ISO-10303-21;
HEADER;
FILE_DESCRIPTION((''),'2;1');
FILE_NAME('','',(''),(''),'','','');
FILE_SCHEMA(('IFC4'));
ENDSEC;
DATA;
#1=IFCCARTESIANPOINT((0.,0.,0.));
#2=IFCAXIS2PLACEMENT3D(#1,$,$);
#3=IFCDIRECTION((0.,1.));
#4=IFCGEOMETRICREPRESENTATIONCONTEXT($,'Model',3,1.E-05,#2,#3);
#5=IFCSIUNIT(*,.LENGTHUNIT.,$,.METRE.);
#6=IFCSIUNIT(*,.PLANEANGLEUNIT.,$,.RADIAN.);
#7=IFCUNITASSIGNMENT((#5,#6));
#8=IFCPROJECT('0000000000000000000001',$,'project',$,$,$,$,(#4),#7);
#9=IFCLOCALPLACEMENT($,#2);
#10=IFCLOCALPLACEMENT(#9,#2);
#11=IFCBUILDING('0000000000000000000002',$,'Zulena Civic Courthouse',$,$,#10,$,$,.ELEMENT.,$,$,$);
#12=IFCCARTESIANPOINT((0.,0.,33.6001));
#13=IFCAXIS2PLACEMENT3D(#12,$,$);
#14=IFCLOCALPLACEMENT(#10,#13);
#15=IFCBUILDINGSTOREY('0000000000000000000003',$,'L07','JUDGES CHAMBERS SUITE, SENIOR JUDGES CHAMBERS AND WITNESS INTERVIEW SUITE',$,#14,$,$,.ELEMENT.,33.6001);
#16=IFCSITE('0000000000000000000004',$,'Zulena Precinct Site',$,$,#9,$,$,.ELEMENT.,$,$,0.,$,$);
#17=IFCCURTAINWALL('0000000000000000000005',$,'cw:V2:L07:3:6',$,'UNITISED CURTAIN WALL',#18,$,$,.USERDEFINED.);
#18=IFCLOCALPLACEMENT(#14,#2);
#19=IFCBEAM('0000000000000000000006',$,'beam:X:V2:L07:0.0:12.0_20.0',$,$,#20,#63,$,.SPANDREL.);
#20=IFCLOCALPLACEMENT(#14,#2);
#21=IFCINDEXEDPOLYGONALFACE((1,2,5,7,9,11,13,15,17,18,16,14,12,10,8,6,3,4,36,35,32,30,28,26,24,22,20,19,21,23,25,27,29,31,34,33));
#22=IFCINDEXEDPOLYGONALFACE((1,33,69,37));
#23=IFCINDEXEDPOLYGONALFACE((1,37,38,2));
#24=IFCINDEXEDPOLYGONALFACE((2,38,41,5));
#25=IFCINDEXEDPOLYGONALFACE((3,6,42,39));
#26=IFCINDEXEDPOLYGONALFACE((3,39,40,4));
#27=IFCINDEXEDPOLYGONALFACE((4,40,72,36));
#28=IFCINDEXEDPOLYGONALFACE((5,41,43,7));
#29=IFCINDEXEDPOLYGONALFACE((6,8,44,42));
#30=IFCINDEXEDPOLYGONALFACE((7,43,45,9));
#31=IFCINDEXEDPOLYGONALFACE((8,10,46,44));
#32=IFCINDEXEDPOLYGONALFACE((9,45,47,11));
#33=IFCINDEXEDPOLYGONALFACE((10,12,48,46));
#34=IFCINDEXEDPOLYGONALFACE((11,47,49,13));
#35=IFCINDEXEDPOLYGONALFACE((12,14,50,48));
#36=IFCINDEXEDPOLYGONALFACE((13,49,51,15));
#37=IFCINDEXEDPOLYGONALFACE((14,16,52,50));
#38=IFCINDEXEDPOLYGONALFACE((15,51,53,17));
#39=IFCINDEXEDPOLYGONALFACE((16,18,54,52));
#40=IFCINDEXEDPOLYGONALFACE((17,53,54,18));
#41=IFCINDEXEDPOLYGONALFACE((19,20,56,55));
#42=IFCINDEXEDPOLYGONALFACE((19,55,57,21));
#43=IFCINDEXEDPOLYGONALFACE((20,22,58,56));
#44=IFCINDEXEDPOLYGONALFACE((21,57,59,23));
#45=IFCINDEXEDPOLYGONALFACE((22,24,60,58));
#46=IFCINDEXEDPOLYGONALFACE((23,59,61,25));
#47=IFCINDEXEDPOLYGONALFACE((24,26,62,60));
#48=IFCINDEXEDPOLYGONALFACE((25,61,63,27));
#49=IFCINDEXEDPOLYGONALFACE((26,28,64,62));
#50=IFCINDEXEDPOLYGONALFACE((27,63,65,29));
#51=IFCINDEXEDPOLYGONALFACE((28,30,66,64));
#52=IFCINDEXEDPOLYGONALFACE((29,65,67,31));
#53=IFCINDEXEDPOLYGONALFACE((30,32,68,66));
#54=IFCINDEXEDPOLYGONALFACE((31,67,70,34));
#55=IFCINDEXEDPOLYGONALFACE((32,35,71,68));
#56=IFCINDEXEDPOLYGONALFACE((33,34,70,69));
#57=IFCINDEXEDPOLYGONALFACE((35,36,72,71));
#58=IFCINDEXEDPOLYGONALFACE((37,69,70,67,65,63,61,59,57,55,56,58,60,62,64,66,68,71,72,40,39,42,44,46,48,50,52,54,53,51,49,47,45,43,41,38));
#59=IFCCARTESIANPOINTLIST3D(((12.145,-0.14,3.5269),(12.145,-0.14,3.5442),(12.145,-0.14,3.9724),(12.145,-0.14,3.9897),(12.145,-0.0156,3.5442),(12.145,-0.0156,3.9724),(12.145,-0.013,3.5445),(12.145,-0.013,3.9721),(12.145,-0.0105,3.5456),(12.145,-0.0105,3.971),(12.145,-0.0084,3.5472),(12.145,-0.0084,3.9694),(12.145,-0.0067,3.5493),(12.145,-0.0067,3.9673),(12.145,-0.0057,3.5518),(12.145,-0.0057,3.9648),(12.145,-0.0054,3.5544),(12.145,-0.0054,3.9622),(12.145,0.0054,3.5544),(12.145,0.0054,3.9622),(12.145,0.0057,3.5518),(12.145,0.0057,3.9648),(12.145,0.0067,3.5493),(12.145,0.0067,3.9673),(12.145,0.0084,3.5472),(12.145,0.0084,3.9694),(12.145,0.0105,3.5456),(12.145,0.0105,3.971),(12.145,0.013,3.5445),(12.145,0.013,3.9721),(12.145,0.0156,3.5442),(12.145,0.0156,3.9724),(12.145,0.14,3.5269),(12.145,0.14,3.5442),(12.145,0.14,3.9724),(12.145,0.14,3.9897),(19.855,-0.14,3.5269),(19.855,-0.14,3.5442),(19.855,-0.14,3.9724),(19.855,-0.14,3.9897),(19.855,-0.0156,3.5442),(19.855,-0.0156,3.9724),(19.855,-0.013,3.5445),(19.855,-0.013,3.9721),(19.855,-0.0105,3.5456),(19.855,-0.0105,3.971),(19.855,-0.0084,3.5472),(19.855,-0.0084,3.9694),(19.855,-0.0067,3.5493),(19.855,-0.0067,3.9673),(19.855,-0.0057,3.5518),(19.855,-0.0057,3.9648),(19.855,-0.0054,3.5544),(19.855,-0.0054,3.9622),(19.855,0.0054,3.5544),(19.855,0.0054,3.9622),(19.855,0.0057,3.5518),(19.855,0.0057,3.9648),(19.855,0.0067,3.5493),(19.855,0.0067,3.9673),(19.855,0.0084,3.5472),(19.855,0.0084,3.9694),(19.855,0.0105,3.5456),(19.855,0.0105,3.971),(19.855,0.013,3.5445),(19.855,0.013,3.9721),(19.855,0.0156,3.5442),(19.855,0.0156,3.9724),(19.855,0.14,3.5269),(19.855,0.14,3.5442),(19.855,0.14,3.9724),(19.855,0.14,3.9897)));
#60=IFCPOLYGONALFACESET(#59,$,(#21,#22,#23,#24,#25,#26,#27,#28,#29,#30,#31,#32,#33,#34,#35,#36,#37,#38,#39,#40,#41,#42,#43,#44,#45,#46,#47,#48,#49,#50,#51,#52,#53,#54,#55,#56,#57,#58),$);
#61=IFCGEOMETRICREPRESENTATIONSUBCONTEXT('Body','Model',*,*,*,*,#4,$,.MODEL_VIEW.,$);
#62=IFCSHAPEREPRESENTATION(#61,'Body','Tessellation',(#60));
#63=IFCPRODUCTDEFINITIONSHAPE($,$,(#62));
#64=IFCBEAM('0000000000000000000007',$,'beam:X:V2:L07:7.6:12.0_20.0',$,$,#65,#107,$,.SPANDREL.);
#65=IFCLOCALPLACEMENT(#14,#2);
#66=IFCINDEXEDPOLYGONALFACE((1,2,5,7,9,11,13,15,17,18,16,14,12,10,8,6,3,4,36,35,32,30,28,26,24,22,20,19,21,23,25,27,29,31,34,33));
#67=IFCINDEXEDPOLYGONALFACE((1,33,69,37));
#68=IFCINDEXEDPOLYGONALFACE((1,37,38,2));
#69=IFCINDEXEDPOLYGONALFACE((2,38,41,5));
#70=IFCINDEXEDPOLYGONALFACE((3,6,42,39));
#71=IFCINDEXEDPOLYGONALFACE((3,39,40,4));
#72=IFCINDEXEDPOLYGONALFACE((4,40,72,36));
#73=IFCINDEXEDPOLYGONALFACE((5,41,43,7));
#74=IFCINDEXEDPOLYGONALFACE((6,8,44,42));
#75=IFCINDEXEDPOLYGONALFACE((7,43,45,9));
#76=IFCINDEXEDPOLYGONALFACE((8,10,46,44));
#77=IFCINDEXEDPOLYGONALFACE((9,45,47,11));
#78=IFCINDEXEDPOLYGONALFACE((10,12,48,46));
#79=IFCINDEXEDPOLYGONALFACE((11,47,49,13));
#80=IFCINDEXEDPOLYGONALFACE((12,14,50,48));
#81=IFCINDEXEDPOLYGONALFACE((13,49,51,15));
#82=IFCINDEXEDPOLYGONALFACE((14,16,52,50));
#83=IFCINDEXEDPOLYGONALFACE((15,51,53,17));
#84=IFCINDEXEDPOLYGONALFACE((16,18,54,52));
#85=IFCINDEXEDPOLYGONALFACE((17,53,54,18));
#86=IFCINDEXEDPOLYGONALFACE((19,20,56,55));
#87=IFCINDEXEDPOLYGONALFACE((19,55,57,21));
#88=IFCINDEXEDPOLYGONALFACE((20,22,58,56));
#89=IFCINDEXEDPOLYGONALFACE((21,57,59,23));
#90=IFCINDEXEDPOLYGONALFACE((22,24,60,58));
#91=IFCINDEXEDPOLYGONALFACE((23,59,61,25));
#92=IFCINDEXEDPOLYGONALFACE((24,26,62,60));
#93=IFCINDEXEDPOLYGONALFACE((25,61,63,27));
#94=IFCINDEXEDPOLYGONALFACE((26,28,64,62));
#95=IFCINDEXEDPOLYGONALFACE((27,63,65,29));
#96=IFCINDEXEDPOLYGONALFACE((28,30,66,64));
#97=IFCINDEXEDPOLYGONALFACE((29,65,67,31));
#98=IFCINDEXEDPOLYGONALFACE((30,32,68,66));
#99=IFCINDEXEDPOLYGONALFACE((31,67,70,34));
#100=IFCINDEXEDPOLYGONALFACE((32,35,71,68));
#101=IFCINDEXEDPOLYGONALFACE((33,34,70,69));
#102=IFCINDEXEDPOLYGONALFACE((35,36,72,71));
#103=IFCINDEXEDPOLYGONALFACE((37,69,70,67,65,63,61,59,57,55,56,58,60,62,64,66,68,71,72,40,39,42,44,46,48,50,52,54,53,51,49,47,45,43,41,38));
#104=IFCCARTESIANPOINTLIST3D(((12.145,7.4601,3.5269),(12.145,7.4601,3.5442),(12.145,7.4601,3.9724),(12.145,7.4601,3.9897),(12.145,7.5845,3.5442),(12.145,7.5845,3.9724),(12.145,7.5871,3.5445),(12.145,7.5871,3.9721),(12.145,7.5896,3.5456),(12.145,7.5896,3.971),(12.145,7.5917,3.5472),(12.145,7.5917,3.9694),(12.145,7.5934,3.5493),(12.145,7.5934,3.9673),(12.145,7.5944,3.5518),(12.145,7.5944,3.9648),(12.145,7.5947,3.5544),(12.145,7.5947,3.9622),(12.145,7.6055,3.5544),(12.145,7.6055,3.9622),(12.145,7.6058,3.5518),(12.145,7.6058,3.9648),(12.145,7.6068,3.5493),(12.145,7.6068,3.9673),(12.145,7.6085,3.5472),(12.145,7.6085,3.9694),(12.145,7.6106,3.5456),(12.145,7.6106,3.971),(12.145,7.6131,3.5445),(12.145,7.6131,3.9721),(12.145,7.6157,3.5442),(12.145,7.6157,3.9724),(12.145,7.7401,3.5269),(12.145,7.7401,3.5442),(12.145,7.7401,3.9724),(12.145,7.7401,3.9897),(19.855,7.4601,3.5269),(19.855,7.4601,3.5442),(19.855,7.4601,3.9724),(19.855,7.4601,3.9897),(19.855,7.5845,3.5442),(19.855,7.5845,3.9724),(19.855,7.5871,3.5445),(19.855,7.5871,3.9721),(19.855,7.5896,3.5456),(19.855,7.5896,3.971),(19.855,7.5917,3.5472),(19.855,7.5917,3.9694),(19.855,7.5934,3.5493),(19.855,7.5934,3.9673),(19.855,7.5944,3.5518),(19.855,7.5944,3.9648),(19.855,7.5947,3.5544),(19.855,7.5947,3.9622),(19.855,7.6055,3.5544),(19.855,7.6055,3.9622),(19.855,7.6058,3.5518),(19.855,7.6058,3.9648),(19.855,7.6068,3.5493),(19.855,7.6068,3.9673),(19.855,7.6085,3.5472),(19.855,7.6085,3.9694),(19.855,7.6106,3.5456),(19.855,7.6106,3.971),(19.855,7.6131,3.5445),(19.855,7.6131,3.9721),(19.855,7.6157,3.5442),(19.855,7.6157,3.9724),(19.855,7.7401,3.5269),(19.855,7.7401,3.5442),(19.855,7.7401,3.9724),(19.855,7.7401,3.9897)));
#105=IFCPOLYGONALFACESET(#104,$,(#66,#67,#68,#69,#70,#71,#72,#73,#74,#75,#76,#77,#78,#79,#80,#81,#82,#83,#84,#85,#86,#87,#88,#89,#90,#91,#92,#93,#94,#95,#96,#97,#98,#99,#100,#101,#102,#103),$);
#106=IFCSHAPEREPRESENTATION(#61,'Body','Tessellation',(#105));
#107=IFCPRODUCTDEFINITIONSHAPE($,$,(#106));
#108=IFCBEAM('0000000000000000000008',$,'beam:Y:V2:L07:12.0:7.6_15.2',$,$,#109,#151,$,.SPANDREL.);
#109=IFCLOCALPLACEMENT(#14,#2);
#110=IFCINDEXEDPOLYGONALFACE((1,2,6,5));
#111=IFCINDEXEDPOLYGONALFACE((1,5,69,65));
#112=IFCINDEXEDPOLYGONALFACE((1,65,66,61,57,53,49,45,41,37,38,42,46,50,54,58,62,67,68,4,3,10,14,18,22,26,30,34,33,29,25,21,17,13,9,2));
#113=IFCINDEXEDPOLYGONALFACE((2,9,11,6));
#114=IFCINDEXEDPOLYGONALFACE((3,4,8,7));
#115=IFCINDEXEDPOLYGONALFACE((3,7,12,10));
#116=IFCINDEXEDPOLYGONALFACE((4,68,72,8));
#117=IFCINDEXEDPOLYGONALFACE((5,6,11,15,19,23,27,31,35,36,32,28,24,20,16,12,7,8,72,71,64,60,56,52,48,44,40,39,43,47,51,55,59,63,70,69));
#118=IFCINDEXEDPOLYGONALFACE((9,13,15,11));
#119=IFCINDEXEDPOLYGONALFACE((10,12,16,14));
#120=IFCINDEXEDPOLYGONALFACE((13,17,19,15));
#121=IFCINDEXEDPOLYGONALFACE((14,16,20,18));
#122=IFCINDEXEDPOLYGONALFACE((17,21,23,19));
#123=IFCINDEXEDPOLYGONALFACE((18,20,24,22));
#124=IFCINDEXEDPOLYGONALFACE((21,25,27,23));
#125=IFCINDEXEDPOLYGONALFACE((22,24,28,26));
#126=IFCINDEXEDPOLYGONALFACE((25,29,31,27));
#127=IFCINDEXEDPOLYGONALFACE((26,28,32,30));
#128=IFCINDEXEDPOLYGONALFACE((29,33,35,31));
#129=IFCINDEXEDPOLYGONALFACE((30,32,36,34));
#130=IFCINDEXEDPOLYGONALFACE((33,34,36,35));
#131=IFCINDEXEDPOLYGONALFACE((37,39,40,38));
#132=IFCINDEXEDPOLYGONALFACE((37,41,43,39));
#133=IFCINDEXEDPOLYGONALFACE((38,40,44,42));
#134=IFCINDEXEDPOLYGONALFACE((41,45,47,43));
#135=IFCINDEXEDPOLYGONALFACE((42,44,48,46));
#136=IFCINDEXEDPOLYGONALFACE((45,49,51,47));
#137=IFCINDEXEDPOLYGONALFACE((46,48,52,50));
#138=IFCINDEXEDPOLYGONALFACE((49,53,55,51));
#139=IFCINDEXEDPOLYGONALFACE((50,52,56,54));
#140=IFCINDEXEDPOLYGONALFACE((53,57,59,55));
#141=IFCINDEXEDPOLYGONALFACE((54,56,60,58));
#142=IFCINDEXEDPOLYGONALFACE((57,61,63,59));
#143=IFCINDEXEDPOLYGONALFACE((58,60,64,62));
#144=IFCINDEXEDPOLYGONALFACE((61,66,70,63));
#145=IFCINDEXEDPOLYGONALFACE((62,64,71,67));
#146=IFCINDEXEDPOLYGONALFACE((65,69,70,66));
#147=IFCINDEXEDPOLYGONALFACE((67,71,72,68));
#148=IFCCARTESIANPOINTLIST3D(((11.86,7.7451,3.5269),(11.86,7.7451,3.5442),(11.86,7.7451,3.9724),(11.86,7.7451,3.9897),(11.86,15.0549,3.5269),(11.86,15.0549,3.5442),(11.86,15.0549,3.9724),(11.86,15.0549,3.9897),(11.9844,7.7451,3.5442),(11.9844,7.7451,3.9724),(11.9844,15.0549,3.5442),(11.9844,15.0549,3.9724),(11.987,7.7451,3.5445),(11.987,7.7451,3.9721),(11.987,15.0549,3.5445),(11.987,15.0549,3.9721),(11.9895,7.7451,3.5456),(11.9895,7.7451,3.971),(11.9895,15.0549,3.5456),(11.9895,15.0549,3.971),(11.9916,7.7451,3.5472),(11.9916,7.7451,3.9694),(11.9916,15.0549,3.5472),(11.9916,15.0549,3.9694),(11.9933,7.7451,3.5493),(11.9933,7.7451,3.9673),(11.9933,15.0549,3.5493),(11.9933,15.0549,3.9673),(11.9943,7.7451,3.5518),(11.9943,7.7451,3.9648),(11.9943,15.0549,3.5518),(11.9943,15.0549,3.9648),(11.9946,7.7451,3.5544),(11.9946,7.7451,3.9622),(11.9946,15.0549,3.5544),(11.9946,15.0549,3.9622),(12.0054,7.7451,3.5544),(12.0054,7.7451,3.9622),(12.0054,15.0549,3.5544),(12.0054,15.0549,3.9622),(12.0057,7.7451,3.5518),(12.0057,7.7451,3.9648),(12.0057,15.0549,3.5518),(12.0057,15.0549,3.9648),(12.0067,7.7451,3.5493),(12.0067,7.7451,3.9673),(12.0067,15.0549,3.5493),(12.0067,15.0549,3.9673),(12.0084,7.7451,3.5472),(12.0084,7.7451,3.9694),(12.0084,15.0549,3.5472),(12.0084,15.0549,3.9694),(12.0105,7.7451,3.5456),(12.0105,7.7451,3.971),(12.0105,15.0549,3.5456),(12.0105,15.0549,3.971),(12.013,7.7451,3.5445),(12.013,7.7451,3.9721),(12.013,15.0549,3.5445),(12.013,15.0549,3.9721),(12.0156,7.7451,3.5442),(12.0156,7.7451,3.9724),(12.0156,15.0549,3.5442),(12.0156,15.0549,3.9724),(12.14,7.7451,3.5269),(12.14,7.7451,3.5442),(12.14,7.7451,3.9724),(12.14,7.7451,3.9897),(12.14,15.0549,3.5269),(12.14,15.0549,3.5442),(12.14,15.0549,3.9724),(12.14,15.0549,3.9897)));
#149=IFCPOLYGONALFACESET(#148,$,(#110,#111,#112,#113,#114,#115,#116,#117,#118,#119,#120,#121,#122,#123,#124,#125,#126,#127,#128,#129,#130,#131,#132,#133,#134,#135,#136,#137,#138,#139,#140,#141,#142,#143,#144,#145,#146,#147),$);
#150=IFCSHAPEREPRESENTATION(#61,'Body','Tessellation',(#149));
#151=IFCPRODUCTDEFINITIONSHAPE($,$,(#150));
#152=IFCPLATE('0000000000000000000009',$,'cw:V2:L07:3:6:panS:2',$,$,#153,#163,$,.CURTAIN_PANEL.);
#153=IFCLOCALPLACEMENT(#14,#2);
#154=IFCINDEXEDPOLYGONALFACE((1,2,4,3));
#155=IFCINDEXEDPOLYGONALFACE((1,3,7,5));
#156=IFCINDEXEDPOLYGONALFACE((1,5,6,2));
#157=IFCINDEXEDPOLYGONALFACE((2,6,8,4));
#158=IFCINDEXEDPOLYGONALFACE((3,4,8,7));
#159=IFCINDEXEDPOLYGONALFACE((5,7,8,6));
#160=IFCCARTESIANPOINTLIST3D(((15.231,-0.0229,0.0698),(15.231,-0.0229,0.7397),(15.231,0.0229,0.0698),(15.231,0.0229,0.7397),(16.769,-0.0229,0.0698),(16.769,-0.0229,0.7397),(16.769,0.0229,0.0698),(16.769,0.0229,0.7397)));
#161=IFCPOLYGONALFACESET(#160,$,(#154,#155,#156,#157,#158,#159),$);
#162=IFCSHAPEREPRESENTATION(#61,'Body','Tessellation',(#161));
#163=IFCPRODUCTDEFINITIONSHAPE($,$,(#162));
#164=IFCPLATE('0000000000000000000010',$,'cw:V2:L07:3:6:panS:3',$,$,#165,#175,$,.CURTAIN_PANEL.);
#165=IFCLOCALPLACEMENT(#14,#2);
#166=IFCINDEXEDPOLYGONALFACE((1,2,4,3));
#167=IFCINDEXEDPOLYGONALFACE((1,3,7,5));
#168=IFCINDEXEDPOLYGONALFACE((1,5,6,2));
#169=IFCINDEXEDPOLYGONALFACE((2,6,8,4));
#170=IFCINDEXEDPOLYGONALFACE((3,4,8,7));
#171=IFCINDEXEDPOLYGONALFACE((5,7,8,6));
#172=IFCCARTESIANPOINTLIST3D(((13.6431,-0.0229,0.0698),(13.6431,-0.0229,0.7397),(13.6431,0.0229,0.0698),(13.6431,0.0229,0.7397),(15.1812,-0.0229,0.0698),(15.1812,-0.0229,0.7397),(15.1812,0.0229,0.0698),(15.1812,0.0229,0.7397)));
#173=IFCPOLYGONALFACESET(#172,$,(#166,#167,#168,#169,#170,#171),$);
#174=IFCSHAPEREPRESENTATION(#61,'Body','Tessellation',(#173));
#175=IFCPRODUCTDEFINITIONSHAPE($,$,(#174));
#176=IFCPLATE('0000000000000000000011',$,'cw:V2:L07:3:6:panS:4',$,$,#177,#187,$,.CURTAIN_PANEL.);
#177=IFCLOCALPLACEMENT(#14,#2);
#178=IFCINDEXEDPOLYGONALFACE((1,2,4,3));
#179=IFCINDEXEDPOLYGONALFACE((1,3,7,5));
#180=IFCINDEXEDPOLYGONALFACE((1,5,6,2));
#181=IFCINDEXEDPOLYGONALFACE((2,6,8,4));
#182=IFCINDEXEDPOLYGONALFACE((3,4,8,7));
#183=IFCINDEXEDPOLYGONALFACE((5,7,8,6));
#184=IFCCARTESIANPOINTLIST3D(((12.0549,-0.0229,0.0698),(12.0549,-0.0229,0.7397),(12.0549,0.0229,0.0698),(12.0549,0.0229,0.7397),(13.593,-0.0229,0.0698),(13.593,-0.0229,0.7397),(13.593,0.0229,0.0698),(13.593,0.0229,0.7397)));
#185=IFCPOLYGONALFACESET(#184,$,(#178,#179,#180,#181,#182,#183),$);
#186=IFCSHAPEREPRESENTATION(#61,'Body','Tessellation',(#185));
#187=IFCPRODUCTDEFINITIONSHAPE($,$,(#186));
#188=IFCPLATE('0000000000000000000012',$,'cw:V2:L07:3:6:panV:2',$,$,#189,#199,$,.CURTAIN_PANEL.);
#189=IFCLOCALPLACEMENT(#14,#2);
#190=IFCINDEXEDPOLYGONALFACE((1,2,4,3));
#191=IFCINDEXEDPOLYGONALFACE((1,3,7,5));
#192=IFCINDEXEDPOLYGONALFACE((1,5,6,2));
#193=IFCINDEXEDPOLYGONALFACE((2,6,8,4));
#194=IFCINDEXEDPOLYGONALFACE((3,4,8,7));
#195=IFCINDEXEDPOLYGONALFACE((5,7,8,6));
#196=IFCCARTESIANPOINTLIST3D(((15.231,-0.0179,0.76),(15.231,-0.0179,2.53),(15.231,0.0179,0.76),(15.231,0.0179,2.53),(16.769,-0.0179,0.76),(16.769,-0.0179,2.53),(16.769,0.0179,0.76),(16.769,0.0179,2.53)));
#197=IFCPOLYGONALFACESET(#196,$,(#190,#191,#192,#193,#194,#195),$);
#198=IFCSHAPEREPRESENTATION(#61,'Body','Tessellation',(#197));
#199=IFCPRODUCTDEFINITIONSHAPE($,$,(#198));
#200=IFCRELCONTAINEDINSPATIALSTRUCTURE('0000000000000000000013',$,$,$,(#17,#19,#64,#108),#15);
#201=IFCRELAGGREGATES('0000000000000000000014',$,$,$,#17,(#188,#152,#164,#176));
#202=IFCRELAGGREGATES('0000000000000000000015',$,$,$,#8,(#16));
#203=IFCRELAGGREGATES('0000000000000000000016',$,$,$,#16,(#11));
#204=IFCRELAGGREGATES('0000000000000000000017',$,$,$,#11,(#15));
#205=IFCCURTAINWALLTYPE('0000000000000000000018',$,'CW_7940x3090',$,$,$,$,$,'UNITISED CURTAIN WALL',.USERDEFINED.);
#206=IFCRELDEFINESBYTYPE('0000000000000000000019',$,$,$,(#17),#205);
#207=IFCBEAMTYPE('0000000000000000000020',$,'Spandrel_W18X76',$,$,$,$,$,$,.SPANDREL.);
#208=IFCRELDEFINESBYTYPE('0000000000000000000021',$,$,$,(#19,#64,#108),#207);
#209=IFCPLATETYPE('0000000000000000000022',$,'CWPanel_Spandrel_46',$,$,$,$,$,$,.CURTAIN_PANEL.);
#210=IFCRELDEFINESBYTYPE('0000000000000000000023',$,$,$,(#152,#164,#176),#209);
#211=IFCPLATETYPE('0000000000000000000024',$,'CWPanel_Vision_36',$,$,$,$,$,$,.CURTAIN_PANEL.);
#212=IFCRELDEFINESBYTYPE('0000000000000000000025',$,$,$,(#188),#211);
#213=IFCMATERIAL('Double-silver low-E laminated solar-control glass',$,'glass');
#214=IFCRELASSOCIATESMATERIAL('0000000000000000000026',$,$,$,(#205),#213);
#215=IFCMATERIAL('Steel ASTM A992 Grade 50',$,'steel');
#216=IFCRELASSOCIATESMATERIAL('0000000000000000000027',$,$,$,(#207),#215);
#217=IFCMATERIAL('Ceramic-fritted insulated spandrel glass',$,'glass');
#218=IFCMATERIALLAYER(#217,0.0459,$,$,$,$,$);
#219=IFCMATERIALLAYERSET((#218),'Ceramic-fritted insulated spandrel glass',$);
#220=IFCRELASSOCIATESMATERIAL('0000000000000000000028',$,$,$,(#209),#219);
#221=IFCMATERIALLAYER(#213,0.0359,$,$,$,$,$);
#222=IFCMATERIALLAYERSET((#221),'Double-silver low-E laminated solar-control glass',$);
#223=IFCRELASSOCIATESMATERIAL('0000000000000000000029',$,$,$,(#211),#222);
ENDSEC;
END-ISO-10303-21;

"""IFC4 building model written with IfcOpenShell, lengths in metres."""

from ifc_helpers import new_model, si_unit, direction, frame, origin, origin_2d, place, context, subcontext, project, spatial, rectangle, i_section, extrude, material, layer, layer_set, material_profile, profile_set, type_object, element, aggregate, save


model = new_model("IFC4")

# Units and contexts
model_context = context("Model", 3, precision=1e-05, world=origin(), true_north=direction((0.0, 1.0)))
body_context = subcontext(model_context, "Body", "Model", "MODEL_VIEW")
ifc_project = project(units=[si_unit("LENGTHUNIT", "METRE"), si_unit("PLANEANGLEUNIT", "RADIAN")], contexts=[model_context])

# Site, building, storey
site_placement = place(None, origin())
site = spatial("IfcSite", under=ifc_project, at=site_placement, Name="Zulena Precinct Site", CompositionType="ELEMENT", RefElevation=0.0)
building_placement = place(site_placement, origin())
building = spatial("IfcBuilding", under=site, at=building_placement, Name="Zulena Civic Courthouse", CompositionType="ELEMENT")
storey_placement = place(building_placement, frame((0.0, 0.0, 33.6001)))
storey = spatial("IfcBuildingStorey", under=building, at=storey_placement, Name="L07", Description="JUDGES CHAMBERS SUITE, SENIOR JUDGES CHAMBERS AND WITNESS INTERVIEW SUITE", CompositionType="ELEMENT", Elevation=33.6001)

# Curtain wall
ifc_material_1 = material(Name="Double-silver low-E laminated solar-control glass", Category="glass")
curtain_wall_type = type_object("IfcCurtainWallType", Name="CW_7940x3090", ElementType="UNITISED CURTAIN WALL", PredefinedType="USERDEFINED", material=ifc_material_1)
curtain_wall_placement = place(storey_placement, origin())
curtain_wall = element("IfcCurtainWall", 1, at=curtain_wall_placement, inside=storey, type_object=curtain_wall_type, Name="cw:V2:L07:3:6", ObjectType="UNITISED CURTAIN WALL", PredefinedType="USERDEFINED")

# Beams
ifc_material_2 = material(Name="Steel ASTM A992 Grade 50", Category="steel")
ifc_material_profile_1 = material_profile(ifc_material_2, i_section(OverallWidth=0.28, OverallDepth=0.4629, WebThickness=0.0107, FlangeThickness=0.0173, FilletRadius=0.0103, at=origin_2d()), Name="W18X76")
ifc_profile_set_1 = profile_set([ifc_material_profile_1], Name="Steel ASTM A992 Grade 50")
beam_type_1 = type_object("IfcBeamType", Name="Spandrel_W18X76", PredefinedType="SPANDREL", material=ifc_profile_set_1)
for number, where, z_axis, x_axis, name in (
    (2, (12.145, 0.0, 3.7583), (1.0, 0.0, 0.0), (0.0, 1.0, 0.0), "beam:X:V2:L07:0.0:12.0_20.0"),
    (3, (12.145, 7.6001, 3.7583), (1.0, 0.0, 0.0), (0.0, 1.0, 0.0), "beam:X:V2:L07:7.6:12.0_20.0"),
):
    element("IfcBeam", number, at=place(storey_placement, frame(where, z_axis=z_axis, x_axis=x_axis)), inside=storey, type_object=beam_type_1, Name=name, PredefinedType="SPANDREL", context=body_context, shape_type="SweptSolid", body=[
        extrude(i_section(OverallWidth=0.28, OverallDepth=0.4629, WebThickness=0.0107, FlangeThickness=0.0173, FilletRadius=0.0103, at=origin_2d()), origin(), (0.0, 0.0, 1.0), 7.71),
    ])
beam_1_placement = place(storey_placement, frame((12.0, 7.7451, 3.7583), z_axis=(0.0, 1.0, 0.0), x_axis=(-1.0, 0.0, 0.0)))
element("IfcBeam", 4, at=beam_1_placement, inside=storey, type_object=beam_type_1, Name="beam:Y:V2:L07:12.0:7.6_15.2", PredefinedType="SPANDREL", context=body_context, shape_type="SweptSolid", body=[
    extrude(i_section(OverallWidth=0.28, OverallDepth=0.4629, WebThickness=0.0107, FlangeThickness=0.0173, FilletRadius=0.0103, at=origin_2d()), origin(), (0.0, 0.0, 1.0), 7.3098),
])

# Plates
ifc_material_3 = material(Name="Ceramic-fritted insulated spandrel glass", Category="glass")
ifc_layer_1 = layer(ifc_material_3, 0.0459)
ifc_layer_set_1 = layer_set([ifc_layer_1], Name="Ceramic-fritted insulated spandrel glass")
plate_type_1 = type_object("IfcPlateType", Name="CWPanel_Spandrel_46", PredefinedType="CURTAIN_PANEL", material=ifc_layer_set_1)
plate_1_placement = place(storey_placement, frame((16.0, 0.0, 0.0698), z_axis=(0.0, 0.0, 1.0), x_axis=(-1.0, 0.0, 0.0)))
plate_1 = element("IfcPlate", 5, at=plate_1_placement, type_object=plate_type_1, Name="cw:V2:L07:3:6:panS:2", PredefinedType="CURTAIN_PANEL", context=body_context, shape_type="SweptSolid", body=[
    extrude(rectangle(XDim=1.5381, YDim=0.0459, at=origin_2d()), origin(), (0.0, 0.0, 1.0), 0.6699),
])
plate_2_placement = place(storey_placement, frame((14.4121, 0.0, 0.0698), z_axis=(0.0, 0.0, 1.0), x_axis=(-1.0, 0.0, 0.0)))
plate_2 = element("IfcPlate", 6, at=plate_2_placement, type_object=plate_type_1, Name="cw:V2:L07:3:6:panS:3", PredefinedType="CURTAIN_PANEL", context=body_context, shape_type="SweptSolid", body=[
    extrude(rectangle(XDim=1.5381, YDim=0.0459, at=origin_2d()), origin(), (0.0, 0.0, 1.0), 0.6699),
])
plate_3_placement = place(storey_placement, frame((12.824, 0.0, 0.0698), z_axis=(0.0, 0.0, 1.0), x_axis=(-1.0, 0.0, 0.0)))
plate_3 = element("IfcPlate", 7, at=plate_3_placement, type_object=plate_type_1, Name="cw:V2:L07:3:6:panS:4", PredefinedType="CURTAIN_PANEL", context=body_context, shape_type="SweptSolid", body=[
    extrude(rectangle(XDim=1.5381, YDim=0.0459, at=origin_2d()), origin(), (0.0, 0.0, 1.0), 0.6699),
])
ifc_layer_2 = layer(ifc_material_1, 0.0359)
ifc_layer_set_2 = layer_set([ifc_layer_2], Name="Double-silver low-E laminated solar-control glass")
plate_type_2 = type_object("IfcPlateType", Name="CWPanel_Vision_36", PredefinedType="CURTAIN_PANEL", material=ifc_layer_set_2)
plate_4_placement = place(storey_placement, frame((16.0, 0.0, 0.76), z_axis=(0.0, 0.0, 1.0), x_axis=(-1.0, 0.0, 0.0)))
plate_4 = element("IfcPlate", 8, at=plate_4_placement, type_object=plate_type_2, Name="cw:V2:L07:3:6:panV:2", PredefinedType="CURTAIN_PANEL", context=body_context, shape_type="SweptSolid", body=[
    extrude(rectangle(XDim=1.5381, YDim=0.0359, at=origin_2d()), origin(), (0.0, 0.0, 1.0), 1.77),
])
aggregate(curtain_wall, [plate_4, plate_1, plate_2, plate_3])

save(model, "model.ifc")
